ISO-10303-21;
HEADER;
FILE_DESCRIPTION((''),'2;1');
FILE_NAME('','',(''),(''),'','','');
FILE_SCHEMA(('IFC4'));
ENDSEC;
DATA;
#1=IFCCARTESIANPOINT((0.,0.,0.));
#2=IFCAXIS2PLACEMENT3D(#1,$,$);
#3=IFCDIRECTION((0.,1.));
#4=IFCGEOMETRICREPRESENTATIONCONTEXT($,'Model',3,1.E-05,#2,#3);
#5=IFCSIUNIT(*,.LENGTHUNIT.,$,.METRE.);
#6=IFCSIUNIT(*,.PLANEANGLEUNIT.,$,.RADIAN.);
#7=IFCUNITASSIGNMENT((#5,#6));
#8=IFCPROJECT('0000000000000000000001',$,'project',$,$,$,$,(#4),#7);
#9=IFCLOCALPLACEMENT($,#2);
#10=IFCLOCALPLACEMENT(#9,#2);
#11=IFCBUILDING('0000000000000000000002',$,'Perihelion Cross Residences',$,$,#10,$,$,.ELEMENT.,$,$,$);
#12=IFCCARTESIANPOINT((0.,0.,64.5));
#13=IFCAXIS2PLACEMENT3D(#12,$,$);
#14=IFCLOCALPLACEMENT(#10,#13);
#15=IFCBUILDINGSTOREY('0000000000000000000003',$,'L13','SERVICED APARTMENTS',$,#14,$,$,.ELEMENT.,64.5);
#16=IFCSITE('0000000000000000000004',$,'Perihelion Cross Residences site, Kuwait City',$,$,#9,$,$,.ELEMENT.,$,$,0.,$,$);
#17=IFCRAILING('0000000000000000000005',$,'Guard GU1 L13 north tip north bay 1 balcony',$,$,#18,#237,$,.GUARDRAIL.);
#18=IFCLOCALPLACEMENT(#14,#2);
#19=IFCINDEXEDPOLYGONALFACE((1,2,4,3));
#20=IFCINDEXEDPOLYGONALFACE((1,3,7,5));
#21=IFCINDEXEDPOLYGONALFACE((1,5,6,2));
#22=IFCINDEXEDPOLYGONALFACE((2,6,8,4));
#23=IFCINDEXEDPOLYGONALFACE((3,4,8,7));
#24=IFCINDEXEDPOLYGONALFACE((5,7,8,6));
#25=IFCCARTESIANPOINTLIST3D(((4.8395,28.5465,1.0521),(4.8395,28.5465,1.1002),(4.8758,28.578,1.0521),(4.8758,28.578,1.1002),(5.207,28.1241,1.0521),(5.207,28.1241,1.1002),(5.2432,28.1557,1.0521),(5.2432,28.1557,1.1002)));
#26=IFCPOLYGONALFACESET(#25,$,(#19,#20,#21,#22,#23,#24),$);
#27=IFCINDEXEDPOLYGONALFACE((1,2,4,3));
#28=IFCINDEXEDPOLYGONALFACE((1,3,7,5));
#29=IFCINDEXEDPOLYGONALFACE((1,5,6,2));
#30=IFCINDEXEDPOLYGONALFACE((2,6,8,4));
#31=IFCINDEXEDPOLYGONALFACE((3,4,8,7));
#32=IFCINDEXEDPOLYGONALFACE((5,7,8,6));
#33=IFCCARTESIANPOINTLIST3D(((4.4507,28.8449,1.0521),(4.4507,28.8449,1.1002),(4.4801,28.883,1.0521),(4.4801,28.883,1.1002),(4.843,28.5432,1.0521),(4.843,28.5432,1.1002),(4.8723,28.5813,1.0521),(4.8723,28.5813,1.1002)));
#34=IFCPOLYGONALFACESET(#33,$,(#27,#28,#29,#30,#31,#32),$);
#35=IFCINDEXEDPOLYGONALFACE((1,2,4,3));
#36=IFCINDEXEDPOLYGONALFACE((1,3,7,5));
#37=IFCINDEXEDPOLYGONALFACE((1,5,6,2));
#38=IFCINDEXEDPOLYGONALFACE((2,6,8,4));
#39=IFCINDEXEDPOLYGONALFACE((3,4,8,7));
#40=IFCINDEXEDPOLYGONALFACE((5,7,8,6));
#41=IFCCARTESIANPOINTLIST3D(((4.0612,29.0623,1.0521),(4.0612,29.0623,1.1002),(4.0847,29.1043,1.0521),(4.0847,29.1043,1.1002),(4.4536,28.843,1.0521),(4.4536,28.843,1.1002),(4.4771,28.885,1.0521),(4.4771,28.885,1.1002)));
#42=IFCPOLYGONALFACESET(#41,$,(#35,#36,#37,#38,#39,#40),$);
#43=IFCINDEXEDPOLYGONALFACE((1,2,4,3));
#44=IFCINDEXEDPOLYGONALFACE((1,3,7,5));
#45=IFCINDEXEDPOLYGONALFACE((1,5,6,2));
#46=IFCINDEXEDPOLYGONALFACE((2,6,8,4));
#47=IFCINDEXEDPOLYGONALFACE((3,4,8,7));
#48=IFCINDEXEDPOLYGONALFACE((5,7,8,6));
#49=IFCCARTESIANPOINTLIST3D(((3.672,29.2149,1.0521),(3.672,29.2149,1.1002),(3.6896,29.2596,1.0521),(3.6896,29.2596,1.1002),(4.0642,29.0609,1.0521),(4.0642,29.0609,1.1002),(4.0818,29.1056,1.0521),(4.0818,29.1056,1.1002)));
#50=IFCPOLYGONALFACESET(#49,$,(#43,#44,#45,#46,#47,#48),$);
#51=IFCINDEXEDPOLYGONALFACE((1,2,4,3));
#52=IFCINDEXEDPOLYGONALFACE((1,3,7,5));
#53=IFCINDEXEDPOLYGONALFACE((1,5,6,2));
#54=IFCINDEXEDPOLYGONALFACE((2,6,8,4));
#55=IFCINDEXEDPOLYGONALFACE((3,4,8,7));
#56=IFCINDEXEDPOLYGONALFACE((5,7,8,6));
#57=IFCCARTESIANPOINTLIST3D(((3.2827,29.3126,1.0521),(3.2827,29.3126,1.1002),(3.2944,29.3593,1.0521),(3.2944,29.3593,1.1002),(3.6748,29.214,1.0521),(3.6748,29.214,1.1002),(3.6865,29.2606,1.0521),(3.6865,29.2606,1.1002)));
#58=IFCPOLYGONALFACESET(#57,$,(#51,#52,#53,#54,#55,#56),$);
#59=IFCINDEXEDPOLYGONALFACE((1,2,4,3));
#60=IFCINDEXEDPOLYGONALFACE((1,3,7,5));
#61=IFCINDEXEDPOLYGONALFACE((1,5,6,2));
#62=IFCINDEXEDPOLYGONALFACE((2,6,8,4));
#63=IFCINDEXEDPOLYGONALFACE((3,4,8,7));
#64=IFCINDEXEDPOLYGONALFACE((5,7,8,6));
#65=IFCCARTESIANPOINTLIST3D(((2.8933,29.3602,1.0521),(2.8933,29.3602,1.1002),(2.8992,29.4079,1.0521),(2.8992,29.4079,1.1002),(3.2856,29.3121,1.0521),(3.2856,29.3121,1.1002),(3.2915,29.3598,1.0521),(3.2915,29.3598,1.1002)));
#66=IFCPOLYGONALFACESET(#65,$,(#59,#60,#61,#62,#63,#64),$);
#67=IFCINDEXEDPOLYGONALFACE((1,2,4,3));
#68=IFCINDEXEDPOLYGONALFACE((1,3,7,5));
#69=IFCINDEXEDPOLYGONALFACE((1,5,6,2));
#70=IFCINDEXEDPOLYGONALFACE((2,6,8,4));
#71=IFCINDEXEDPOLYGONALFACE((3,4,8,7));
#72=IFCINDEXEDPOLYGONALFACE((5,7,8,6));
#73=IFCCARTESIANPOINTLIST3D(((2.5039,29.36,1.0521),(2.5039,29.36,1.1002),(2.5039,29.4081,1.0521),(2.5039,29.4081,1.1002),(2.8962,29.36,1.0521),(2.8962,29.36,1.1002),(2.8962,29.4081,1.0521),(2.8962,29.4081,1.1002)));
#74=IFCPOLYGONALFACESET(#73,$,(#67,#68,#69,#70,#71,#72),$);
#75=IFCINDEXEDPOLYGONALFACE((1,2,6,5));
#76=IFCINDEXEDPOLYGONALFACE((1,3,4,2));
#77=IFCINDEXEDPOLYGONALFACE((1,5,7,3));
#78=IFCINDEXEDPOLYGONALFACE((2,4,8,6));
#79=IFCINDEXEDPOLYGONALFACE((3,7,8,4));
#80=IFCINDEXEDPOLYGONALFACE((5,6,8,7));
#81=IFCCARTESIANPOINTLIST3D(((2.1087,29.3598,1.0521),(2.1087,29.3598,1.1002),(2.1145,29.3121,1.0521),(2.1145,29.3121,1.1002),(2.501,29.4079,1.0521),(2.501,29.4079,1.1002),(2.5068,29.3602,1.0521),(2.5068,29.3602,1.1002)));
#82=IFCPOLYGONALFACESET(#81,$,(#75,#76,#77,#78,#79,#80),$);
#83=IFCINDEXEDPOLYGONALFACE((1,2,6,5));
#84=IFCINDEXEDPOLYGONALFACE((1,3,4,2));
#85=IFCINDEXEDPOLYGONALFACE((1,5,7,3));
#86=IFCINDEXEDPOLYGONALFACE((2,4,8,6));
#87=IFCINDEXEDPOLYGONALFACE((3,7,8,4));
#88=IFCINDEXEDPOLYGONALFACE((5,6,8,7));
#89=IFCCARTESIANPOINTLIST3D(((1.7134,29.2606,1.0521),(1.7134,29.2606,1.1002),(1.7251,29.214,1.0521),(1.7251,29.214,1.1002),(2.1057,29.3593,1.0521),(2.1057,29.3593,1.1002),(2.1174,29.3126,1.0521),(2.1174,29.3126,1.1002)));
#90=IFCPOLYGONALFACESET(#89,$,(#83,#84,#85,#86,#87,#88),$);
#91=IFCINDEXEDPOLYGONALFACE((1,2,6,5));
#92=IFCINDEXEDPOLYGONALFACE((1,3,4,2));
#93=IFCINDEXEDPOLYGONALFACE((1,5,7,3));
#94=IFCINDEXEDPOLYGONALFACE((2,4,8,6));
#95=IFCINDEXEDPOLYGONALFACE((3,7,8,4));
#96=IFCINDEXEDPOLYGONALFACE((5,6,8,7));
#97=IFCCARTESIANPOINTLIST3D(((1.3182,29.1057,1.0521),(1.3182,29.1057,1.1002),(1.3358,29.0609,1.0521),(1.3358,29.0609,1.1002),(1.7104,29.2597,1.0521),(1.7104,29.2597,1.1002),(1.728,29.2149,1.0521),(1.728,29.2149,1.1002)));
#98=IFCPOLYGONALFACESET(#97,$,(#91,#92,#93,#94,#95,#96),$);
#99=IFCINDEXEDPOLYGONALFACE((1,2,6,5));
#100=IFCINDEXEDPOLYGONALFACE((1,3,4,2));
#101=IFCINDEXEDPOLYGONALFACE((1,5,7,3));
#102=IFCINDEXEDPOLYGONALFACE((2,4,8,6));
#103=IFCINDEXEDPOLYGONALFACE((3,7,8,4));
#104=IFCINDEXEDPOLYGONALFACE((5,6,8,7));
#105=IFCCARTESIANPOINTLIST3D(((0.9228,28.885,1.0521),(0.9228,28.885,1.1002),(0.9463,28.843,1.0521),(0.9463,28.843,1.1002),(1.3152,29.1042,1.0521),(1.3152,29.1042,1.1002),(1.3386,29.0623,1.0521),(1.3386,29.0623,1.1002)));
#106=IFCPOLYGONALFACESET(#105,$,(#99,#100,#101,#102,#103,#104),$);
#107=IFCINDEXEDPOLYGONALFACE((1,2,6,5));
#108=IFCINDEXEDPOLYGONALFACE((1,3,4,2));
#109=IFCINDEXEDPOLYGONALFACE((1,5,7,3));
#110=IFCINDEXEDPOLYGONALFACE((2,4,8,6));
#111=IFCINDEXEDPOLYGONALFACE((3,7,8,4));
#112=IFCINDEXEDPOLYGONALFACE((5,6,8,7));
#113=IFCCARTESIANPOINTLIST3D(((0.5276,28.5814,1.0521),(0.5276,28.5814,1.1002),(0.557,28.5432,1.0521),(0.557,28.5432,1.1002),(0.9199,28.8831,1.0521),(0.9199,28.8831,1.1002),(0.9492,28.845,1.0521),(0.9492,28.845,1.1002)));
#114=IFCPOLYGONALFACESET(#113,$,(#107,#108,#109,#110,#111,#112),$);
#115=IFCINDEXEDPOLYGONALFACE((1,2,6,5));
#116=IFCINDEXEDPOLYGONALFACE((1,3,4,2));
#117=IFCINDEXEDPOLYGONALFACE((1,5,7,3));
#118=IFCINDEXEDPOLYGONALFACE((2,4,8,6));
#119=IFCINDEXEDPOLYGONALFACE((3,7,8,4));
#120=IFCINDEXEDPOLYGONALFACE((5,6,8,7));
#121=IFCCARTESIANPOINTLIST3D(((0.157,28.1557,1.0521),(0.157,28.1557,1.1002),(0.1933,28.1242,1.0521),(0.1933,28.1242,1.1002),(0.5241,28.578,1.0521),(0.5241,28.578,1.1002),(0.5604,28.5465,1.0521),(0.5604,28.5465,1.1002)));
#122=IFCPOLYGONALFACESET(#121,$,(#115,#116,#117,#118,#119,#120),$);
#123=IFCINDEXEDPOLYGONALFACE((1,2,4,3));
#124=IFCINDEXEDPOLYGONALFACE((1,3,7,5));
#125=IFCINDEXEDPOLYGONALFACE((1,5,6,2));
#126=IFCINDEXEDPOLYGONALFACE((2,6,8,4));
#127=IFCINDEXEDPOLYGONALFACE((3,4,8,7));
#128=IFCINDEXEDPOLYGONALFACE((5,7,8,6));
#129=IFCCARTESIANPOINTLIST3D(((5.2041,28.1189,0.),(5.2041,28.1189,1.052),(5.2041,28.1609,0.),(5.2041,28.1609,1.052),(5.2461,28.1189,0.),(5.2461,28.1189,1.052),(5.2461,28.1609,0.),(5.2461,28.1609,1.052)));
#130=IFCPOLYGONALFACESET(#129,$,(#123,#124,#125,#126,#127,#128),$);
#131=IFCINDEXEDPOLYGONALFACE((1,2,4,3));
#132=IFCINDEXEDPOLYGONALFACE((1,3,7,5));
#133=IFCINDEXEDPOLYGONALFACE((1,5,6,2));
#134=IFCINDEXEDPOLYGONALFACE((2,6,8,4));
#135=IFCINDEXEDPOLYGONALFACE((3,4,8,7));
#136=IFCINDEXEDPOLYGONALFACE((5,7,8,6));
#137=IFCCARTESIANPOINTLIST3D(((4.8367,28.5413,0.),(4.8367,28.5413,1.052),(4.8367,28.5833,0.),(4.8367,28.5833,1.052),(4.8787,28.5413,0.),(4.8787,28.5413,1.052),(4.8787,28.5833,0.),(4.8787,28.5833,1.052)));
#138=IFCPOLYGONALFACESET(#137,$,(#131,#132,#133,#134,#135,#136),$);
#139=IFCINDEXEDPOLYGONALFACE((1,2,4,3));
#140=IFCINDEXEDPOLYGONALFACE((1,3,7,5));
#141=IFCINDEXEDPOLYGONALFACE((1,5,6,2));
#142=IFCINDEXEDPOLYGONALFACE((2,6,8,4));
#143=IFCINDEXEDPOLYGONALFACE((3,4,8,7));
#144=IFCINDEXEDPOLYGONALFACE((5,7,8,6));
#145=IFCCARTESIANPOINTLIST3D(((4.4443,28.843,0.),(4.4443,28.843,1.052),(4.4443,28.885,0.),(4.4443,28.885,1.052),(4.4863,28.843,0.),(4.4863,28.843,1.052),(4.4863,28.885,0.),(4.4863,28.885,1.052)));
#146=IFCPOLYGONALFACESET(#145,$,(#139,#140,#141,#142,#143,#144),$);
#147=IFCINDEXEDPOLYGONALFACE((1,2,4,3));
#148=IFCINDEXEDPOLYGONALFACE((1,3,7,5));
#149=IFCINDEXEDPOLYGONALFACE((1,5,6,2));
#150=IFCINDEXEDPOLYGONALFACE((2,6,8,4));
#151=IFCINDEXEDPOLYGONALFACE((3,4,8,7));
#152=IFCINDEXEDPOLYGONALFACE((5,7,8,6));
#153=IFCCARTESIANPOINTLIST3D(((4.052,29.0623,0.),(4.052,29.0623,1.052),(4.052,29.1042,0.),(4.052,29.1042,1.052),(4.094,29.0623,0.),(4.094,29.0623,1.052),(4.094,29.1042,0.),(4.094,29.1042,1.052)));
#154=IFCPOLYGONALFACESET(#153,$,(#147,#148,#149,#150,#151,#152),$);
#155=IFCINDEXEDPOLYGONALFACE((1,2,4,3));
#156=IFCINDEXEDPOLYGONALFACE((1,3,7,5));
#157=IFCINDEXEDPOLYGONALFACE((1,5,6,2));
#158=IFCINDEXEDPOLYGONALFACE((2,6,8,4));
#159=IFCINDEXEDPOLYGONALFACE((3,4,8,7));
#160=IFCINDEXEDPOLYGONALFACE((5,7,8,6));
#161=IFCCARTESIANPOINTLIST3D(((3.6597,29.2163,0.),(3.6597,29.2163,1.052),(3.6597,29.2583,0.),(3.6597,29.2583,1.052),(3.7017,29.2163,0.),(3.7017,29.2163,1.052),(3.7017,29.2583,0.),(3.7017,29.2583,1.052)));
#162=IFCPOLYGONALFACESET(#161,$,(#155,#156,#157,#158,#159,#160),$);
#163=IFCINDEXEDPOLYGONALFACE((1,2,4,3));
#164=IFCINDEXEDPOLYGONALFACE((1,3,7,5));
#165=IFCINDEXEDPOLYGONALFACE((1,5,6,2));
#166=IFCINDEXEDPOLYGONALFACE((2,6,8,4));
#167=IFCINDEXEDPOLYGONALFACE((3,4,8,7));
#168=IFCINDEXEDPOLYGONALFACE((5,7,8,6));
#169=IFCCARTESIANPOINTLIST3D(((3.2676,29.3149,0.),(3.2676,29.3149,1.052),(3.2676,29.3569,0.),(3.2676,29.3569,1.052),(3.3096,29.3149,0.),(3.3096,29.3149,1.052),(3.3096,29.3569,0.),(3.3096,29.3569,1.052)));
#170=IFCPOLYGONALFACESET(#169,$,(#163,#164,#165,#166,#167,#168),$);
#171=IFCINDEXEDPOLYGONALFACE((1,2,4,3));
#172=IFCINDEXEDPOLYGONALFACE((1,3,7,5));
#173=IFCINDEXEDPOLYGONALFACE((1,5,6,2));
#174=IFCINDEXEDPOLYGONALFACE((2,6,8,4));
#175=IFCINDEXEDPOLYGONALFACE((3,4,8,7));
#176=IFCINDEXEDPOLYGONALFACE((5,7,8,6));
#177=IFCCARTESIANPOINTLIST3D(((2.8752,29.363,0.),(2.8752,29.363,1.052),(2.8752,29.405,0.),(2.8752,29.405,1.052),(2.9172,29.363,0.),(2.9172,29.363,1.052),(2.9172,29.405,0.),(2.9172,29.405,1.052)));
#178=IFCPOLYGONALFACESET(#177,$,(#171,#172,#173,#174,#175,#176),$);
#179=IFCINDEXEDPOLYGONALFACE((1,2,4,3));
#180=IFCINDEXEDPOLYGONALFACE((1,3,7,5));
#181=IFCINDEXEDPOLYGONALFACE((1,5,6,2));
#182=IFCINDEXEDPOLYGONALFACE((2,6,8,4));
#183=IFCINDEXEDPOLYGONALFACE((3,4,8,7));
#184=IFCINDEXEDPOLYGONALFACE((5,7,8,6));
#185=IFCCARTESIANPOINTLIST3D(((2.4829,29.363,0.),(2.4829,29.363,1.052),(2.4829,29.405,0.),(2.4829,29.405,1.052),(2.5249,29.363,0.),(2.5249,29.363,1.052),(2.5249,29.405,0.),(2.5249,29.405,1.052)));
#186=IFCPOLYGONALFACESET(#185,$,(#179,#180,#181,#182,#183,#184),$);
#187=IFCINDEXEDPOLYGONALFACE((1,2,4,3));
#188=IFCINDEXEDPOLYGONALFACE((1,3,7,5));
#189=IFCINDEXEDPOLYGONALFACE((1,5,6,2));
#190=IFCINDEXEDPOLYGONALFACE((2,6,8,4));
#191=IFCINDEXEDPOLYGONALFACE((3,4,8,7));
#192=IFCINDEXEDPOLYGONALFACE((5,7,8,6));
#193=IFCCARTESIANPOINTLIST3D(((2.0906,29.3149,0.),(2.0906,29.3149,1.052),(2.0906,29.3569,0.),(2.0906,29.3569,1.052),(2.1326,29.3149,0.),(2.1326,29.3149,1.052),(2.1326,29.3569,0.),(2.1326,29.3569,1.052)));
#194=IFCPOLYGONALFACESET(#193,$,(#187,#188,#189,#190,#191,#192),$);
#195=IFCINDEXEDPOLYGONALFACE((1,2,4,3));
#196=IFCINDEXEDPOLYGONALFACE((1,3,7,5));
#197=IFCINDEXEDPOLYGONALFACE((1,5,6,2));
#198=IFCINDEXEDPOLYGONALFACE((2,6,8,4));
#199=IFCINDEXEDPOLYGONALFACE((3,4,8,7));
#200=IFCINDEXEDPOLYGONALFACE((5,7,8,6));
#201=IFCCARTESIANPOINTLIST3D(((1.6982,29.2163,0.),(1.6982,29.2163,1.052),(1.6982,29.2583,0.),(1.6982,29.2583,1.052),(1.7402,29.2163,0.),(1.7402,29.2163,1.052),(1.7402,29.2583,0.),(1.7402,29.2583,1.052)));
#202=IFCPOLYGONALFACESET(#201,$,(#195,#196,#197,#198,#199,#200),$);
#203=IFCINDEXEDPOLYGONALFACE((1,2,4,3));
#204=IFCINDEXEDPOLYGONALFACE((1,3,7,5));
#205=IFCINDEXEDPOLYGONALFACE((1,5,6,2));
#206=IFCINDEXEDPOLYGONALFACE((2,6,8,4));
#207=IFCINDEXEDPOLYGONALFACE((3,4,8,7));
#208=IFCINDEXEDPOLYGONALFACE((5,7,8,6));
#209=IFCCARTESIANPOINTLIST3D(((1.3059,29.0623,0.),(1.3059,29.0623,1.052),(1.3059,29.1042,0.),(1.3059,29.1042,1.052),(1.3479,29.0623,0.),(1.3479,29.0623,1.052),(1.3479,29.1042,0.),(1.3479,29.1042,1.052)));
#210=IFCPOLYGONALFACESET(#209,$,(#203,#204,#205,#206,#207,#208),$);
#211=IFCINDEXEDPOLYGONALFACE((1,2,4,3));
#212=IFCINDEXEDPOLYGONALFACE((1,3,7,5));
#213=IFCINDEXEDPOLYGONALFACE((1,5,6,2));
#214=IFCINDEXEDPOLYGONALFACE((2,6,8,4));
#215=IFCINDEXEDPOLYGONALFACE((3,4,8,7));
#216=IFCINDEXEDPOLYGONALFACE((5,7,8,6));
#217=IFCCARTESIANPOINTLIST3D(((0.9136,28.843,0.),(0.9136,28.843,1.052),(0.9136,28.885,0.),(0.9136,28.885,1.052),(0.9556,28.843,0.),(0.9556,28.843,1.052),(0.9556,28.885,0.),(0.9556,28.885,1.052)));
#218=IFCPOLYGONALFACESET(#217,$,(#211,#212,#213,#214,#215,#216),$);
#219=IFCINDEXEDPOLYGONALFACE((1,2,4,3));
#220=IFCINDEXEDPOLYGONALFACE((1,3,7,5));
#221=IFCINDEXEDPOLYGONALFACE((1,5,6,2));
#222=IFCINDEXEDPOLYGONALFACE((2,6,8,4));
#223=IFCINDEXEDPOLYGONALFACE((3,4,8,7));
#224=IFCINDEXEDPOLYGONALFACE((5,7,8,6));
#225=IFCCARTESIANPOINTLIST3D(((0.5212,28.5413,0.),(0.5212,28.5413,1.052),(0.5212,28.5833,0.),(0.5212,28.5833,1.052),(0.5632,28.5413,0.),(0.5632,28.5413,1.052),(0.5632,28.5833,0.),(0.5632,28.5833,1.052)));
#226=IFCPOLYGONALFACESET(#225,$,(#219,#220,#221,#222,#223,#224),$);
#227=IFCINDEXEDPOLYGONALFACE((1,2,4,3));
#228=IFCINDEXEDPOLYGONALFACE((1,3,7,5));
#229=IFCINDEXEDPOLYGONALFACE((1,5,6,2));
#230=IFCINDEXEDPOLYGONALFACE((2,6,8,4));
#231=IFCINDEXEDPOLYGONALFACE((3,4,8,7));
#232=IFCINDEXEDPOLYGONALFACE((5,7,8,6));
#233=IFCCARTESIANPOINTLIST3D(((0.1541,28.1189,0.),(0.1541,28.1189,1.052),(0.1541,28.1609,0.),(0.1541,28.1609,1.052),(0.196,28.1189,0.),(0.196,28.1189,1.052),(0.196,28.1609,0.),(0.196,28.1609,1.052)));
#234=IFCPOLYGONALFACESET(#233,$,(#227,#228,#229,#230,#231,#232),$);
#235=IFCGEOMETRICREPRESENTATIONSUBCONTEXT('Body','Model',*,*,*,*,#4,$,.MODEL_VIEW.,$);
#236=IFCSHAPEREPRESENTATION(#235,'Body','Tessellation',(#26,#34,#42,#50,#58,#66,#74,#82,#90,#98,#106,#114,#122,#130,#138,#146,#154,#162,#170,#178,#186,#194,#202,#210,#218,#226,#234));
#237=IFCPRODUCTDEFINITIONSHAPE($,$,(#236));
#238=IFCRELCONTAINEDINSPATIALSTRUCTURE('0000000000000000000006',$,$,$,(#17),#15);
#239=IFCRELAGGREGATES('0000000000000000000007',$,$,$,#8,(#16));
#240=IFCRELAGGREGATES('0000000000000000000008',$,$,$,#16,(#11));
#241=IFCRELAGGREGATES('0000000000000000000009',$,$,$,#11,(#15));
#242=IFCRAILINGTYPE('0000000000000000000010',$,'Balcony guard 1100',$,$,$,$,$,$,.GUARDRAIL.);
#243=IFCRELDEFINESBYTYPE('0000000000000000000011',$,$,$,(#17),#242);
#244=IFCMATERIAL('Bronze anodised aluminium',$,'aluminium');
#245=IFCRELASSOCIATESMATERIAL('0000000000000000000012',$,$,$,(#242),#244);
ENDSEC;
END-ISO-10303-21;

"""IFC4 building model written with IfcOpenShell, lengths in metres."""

from ifc_helpers import new_model, si_unit, direction, frame, origin, origin_2d, place, context, subcontext, project, spatial, rectangle, extrude, material, type_object, element, save


model = new_model("IFC4")

# Units and contexts
model_context = context("Model", 3, precision=1e-05, world=origin(), true_north=direction((0.0, 1.0)))
body_context = subcontext(model_context, "Body", "Model", "MODEL_VIEW")
ifc_project = project(units=[si_unit("LENGTHUNIT", "METRE"), si_unit("PLANEANGLEUNIT", "RADIAN")], contexts=[model_context])

# Site, building, storey
site_placement = place(None, origin())
site = spatial("IfcSite", under=ifc_project, at=site_placement, Name="Perihelion Cross Residences site, Kuwait City", CompositionType="ELEMENT", RefElevation=0.0)
building_placement = place(site_placement, origin())
building = spatial("IfcBuilding", under=site, at=building_placement, Name="Perihelion Cross Residences", CompositionType="ELEMENT")
storey_placement = place(building_placement, frame((0.0, 0.0, 64.5)))
storey = spatial("IfcBuildingStorey", under=building, at=storey_placement, Name="L13", Description="SERVICED APARTMENTS", CompositionType="ELEMENT", Elevation=64.5)

# Railing
ifc_material_1 = material(Name="Bronze anodised aluminium", Category="aluminium")
railing_type = type_object("IfcRailingType", Name="Balcony guard 1100", PredefinedType="GUARDRAIL", material=ifc_material_1)
railing_placement = place(storey_placement, frame((5.2251, 28.1399, 0.0)))
element("IfcRailing", 1, at=railing_placement, inside=storey, type_object=railing_type, Name="Guard GU1 L13 north tip north bay 1 balcony", PredefinedType="GUARDRAIL", context=body_context, shape_type="SweptSolid", body=[
    extrude(rectangle(XDim=0.0481, YDim=0.0481, at=origin_2d()), frame((0.0, 0.0, 1.0762), z_axis=(-0.656341, 0.754465, 0.0), x_axis=(-0.754465, -0.656341, 0.0)), (0.0, 0.0, 1.0), 0.5598),
    extrude(rectangle(XDim=0.0481, YDim=0.0481, at=origin_2d()), frame((-0.3674, 0.4224, 1.0762), z_axis=(-0.792661, 0.609663, 0.0), x_axis=(-0.609663, -0.792661, 0.0)), (0.0, 0.0, 1.0), 0.4949),
    extrude(rectangle(XDim=0.0481, YDim=0.0481, at=origin_2d()), frame((-0.7598, 0.7241, 1.0762), z_axis=(-0.87295, 0.487809, 0.0), x_axis=(-0.487809, -0.87295, 0.0)), (0.0, 0.0, 1.0), 0.4495),
    extrude(rectangle(XDim=0.0481, YDim=0.0481, at=origin_2d()), frame((-1.1521, 0.9434, 1.0762), z_axis=(-0.930815, 0.365491, 0.0), x_axis=(-0.365491, -0.930815, 0.0)), (0.0, 0.0, 1.0), 0.4214),
    extrude(rectangle(XDim=0.0481, YDim=0.0481, at=origin_2d()), frame((-1.5444, 1.0974, 1.0762), z_axis=(-0.969786, 0.243956, 0.0), x_axis=(-0.243956, -0.969786, 0.0)), (0.0, 0.0, 1.0), 0.4043),
    extrude(rectangle(XDim=0.0481, YDim=0.0481, at=origin_2d()), frame((-1.9365, 1.196, 1.0762), z_axis=(-0.99257, 0.121678, 0.0), x_axis=(-0.121678, -0.99257, 0.0)), (0.0, 0.0, 1.0), 0.3953),
    extrude(rectangle(XDim=0.0481, YDim=0.0481, at=origin_2d()), frame((-2.3289, 1.2441, 1.0762), z_axis=(-1.0, 0.0, 0.0), x_axis=(0.0, -1.0, 0.0)), (0.0, 0.0, 1.0), 0.3923),
    extrude(rectangle(XDim=0.0481, YDim=0.0481, at=origin_2d()), frame((-2.7212, 1.2441, 1.0762), z_axis=(-0.99257, -0.121678, 0.0), x_axis=(0.121678, -0.99257, 0.0)), (0.0, 0.0, 1.0), 0.3953),
    extrude(rectangle(XDim=0.0481, YDim=0.0481, at=origin_2d()), frame((-3.1135, 1.196, 1.0762), z_axis=(-0.969822, -0.243813, 0.0), x_axis=(0.243813, -0.969822, 0.0)), (0.0, 0.0, 1.0), 0.4045),
    extrude(rectangle(XDim=0.0481, YDim=0.0481, at=origin_2d()), frame((-3.5059, 1.0974, 1.0762), z_axis=(-0.930815, -0.365491, 0.0), x_axis=(0.365491, -0.930815, 0.0)), (0.0, 0.0, 1.0), 0.4214),
    extrude(rectangle(XDim=0.0481, YDim=0.0481, at=origin_2d()), frame((-3.8982, 0.9434, 1.0762), z_axis=(-0.87295, -0.487809, 0.0), x_axis=(0.487809, -0.87295, 0.0)), (0.0, 0.0, 1.0), 0.4495),
    extrude(rectangle(XDim=0.0481, YDim=0.0481, at=origin_2d()), frame((-4.2905, 0.7241, 1.0762), z_axis=(-0.792661, -0.609663, 0.0), x_axis=(0.609663, -0.792661, 0.0)), (0.0, 0.0, 1.0), 0.4949),
    extrude(rectangle(XDim=0.0481, YDim=0.0481, at=origin_2d()), frame((-4.6829, 0.4224, 1.0762), z_axis=(-0.656092, -0.754681, 0.0), x_axis=(0.754681, -0.656092, 0.0)), (0.0, 0.0, 1.0), 0.5596),
    extrude(rectangle(XDim=0.042, YDim=0.042, at=origin_2d()), origin(), (0.0, 0.0, 1.0), 1.052),
    extrude(rectangle(XDim=0.042, YDim=0.042, at=origin_2d()), frame((-0.3674, 0.4224, 0.0)), (0.0, 0.0, 1.0), 1.052),
    extrude(rectangle(XDim=0.042, YDim=0.042, at=origin_2d()), frame((-0.7598, 0.7241, 0.0)), (0.0, 0.0, 1.0), 1.052),
    extrude(rectangle(XDim=0.042, YDim=0.042, at=origin_2d()), frame((-1.1521, 0.9434, 0.0)), (0.0, 0.0, 1.0), 1.052),
    extrude(rectangle(XDim=0.042, YDim=0.042, at=origin_2d()), frame((-1.5444, 1.0974, 0.0)), (0.0, 0.0, 1.0), 1.052),
    extrude(rectangle(XDim=0.042, YDim=0.042, at=origin_2d()), frame((-1.9365, 1.196, 0.0)), (0.0, 0.0, 1.0), 1.052),
    extrude(rectangle(XDim=0.042, YDim=0.042, at=origin_2d()), frame((-2.3289, 1.2441, 0.0)), (0.0, 0.0, 1.0), 1.052),
    extrude(rectangle(XDim=0.042, YDim=0.042, at=origin_2d()), frame((-2.7212, 1.2441, 0.0)), (0.0, 0.0, 1.0), 1.052),
    extrude(rectangle(XDim=0.042, YDim=0.042, at=origin_2d()), frame((-3.1135, 1.196, 0.0)), (0.0, 0.0, 1.0), 1.052),
    extrude(rectangle(XDim=0.042, YDim=0.042, at=origin_2d()), frame((-3.5059, 1.0974, 0.0)), (0.0, 0.0, 1.0), 1.052),
    extrude(rectangle(XDim=0.042, YDim=0.042, at=origin_2d()), frame((-3.8982, 0.9434, 0.0)), (0.0, 0.0, 1.0), 1.052),
    extrude(rectangle(XDim=0.042, YDim=0.042, at=origin_2d()), frame((-4.2905, 0.7241, 0.0)), (0.0, 0.0, 1.0), 1.052),
    extrude(rectangle(XDim=0.042, YDim=0.042, at=origin_2d()), frame((-4.6829, 0.4224, 0.0)), (0.0, 0.0, 1.0), 1.052),
    extrude(rectangle(XDim=0.042, YDim=0.042, at=origin_2d()), frame((-5.05, 0.0, 0.0)), (0.0, 0.0, 1.0), 1.052),
])

save(model, "model.ifc")
